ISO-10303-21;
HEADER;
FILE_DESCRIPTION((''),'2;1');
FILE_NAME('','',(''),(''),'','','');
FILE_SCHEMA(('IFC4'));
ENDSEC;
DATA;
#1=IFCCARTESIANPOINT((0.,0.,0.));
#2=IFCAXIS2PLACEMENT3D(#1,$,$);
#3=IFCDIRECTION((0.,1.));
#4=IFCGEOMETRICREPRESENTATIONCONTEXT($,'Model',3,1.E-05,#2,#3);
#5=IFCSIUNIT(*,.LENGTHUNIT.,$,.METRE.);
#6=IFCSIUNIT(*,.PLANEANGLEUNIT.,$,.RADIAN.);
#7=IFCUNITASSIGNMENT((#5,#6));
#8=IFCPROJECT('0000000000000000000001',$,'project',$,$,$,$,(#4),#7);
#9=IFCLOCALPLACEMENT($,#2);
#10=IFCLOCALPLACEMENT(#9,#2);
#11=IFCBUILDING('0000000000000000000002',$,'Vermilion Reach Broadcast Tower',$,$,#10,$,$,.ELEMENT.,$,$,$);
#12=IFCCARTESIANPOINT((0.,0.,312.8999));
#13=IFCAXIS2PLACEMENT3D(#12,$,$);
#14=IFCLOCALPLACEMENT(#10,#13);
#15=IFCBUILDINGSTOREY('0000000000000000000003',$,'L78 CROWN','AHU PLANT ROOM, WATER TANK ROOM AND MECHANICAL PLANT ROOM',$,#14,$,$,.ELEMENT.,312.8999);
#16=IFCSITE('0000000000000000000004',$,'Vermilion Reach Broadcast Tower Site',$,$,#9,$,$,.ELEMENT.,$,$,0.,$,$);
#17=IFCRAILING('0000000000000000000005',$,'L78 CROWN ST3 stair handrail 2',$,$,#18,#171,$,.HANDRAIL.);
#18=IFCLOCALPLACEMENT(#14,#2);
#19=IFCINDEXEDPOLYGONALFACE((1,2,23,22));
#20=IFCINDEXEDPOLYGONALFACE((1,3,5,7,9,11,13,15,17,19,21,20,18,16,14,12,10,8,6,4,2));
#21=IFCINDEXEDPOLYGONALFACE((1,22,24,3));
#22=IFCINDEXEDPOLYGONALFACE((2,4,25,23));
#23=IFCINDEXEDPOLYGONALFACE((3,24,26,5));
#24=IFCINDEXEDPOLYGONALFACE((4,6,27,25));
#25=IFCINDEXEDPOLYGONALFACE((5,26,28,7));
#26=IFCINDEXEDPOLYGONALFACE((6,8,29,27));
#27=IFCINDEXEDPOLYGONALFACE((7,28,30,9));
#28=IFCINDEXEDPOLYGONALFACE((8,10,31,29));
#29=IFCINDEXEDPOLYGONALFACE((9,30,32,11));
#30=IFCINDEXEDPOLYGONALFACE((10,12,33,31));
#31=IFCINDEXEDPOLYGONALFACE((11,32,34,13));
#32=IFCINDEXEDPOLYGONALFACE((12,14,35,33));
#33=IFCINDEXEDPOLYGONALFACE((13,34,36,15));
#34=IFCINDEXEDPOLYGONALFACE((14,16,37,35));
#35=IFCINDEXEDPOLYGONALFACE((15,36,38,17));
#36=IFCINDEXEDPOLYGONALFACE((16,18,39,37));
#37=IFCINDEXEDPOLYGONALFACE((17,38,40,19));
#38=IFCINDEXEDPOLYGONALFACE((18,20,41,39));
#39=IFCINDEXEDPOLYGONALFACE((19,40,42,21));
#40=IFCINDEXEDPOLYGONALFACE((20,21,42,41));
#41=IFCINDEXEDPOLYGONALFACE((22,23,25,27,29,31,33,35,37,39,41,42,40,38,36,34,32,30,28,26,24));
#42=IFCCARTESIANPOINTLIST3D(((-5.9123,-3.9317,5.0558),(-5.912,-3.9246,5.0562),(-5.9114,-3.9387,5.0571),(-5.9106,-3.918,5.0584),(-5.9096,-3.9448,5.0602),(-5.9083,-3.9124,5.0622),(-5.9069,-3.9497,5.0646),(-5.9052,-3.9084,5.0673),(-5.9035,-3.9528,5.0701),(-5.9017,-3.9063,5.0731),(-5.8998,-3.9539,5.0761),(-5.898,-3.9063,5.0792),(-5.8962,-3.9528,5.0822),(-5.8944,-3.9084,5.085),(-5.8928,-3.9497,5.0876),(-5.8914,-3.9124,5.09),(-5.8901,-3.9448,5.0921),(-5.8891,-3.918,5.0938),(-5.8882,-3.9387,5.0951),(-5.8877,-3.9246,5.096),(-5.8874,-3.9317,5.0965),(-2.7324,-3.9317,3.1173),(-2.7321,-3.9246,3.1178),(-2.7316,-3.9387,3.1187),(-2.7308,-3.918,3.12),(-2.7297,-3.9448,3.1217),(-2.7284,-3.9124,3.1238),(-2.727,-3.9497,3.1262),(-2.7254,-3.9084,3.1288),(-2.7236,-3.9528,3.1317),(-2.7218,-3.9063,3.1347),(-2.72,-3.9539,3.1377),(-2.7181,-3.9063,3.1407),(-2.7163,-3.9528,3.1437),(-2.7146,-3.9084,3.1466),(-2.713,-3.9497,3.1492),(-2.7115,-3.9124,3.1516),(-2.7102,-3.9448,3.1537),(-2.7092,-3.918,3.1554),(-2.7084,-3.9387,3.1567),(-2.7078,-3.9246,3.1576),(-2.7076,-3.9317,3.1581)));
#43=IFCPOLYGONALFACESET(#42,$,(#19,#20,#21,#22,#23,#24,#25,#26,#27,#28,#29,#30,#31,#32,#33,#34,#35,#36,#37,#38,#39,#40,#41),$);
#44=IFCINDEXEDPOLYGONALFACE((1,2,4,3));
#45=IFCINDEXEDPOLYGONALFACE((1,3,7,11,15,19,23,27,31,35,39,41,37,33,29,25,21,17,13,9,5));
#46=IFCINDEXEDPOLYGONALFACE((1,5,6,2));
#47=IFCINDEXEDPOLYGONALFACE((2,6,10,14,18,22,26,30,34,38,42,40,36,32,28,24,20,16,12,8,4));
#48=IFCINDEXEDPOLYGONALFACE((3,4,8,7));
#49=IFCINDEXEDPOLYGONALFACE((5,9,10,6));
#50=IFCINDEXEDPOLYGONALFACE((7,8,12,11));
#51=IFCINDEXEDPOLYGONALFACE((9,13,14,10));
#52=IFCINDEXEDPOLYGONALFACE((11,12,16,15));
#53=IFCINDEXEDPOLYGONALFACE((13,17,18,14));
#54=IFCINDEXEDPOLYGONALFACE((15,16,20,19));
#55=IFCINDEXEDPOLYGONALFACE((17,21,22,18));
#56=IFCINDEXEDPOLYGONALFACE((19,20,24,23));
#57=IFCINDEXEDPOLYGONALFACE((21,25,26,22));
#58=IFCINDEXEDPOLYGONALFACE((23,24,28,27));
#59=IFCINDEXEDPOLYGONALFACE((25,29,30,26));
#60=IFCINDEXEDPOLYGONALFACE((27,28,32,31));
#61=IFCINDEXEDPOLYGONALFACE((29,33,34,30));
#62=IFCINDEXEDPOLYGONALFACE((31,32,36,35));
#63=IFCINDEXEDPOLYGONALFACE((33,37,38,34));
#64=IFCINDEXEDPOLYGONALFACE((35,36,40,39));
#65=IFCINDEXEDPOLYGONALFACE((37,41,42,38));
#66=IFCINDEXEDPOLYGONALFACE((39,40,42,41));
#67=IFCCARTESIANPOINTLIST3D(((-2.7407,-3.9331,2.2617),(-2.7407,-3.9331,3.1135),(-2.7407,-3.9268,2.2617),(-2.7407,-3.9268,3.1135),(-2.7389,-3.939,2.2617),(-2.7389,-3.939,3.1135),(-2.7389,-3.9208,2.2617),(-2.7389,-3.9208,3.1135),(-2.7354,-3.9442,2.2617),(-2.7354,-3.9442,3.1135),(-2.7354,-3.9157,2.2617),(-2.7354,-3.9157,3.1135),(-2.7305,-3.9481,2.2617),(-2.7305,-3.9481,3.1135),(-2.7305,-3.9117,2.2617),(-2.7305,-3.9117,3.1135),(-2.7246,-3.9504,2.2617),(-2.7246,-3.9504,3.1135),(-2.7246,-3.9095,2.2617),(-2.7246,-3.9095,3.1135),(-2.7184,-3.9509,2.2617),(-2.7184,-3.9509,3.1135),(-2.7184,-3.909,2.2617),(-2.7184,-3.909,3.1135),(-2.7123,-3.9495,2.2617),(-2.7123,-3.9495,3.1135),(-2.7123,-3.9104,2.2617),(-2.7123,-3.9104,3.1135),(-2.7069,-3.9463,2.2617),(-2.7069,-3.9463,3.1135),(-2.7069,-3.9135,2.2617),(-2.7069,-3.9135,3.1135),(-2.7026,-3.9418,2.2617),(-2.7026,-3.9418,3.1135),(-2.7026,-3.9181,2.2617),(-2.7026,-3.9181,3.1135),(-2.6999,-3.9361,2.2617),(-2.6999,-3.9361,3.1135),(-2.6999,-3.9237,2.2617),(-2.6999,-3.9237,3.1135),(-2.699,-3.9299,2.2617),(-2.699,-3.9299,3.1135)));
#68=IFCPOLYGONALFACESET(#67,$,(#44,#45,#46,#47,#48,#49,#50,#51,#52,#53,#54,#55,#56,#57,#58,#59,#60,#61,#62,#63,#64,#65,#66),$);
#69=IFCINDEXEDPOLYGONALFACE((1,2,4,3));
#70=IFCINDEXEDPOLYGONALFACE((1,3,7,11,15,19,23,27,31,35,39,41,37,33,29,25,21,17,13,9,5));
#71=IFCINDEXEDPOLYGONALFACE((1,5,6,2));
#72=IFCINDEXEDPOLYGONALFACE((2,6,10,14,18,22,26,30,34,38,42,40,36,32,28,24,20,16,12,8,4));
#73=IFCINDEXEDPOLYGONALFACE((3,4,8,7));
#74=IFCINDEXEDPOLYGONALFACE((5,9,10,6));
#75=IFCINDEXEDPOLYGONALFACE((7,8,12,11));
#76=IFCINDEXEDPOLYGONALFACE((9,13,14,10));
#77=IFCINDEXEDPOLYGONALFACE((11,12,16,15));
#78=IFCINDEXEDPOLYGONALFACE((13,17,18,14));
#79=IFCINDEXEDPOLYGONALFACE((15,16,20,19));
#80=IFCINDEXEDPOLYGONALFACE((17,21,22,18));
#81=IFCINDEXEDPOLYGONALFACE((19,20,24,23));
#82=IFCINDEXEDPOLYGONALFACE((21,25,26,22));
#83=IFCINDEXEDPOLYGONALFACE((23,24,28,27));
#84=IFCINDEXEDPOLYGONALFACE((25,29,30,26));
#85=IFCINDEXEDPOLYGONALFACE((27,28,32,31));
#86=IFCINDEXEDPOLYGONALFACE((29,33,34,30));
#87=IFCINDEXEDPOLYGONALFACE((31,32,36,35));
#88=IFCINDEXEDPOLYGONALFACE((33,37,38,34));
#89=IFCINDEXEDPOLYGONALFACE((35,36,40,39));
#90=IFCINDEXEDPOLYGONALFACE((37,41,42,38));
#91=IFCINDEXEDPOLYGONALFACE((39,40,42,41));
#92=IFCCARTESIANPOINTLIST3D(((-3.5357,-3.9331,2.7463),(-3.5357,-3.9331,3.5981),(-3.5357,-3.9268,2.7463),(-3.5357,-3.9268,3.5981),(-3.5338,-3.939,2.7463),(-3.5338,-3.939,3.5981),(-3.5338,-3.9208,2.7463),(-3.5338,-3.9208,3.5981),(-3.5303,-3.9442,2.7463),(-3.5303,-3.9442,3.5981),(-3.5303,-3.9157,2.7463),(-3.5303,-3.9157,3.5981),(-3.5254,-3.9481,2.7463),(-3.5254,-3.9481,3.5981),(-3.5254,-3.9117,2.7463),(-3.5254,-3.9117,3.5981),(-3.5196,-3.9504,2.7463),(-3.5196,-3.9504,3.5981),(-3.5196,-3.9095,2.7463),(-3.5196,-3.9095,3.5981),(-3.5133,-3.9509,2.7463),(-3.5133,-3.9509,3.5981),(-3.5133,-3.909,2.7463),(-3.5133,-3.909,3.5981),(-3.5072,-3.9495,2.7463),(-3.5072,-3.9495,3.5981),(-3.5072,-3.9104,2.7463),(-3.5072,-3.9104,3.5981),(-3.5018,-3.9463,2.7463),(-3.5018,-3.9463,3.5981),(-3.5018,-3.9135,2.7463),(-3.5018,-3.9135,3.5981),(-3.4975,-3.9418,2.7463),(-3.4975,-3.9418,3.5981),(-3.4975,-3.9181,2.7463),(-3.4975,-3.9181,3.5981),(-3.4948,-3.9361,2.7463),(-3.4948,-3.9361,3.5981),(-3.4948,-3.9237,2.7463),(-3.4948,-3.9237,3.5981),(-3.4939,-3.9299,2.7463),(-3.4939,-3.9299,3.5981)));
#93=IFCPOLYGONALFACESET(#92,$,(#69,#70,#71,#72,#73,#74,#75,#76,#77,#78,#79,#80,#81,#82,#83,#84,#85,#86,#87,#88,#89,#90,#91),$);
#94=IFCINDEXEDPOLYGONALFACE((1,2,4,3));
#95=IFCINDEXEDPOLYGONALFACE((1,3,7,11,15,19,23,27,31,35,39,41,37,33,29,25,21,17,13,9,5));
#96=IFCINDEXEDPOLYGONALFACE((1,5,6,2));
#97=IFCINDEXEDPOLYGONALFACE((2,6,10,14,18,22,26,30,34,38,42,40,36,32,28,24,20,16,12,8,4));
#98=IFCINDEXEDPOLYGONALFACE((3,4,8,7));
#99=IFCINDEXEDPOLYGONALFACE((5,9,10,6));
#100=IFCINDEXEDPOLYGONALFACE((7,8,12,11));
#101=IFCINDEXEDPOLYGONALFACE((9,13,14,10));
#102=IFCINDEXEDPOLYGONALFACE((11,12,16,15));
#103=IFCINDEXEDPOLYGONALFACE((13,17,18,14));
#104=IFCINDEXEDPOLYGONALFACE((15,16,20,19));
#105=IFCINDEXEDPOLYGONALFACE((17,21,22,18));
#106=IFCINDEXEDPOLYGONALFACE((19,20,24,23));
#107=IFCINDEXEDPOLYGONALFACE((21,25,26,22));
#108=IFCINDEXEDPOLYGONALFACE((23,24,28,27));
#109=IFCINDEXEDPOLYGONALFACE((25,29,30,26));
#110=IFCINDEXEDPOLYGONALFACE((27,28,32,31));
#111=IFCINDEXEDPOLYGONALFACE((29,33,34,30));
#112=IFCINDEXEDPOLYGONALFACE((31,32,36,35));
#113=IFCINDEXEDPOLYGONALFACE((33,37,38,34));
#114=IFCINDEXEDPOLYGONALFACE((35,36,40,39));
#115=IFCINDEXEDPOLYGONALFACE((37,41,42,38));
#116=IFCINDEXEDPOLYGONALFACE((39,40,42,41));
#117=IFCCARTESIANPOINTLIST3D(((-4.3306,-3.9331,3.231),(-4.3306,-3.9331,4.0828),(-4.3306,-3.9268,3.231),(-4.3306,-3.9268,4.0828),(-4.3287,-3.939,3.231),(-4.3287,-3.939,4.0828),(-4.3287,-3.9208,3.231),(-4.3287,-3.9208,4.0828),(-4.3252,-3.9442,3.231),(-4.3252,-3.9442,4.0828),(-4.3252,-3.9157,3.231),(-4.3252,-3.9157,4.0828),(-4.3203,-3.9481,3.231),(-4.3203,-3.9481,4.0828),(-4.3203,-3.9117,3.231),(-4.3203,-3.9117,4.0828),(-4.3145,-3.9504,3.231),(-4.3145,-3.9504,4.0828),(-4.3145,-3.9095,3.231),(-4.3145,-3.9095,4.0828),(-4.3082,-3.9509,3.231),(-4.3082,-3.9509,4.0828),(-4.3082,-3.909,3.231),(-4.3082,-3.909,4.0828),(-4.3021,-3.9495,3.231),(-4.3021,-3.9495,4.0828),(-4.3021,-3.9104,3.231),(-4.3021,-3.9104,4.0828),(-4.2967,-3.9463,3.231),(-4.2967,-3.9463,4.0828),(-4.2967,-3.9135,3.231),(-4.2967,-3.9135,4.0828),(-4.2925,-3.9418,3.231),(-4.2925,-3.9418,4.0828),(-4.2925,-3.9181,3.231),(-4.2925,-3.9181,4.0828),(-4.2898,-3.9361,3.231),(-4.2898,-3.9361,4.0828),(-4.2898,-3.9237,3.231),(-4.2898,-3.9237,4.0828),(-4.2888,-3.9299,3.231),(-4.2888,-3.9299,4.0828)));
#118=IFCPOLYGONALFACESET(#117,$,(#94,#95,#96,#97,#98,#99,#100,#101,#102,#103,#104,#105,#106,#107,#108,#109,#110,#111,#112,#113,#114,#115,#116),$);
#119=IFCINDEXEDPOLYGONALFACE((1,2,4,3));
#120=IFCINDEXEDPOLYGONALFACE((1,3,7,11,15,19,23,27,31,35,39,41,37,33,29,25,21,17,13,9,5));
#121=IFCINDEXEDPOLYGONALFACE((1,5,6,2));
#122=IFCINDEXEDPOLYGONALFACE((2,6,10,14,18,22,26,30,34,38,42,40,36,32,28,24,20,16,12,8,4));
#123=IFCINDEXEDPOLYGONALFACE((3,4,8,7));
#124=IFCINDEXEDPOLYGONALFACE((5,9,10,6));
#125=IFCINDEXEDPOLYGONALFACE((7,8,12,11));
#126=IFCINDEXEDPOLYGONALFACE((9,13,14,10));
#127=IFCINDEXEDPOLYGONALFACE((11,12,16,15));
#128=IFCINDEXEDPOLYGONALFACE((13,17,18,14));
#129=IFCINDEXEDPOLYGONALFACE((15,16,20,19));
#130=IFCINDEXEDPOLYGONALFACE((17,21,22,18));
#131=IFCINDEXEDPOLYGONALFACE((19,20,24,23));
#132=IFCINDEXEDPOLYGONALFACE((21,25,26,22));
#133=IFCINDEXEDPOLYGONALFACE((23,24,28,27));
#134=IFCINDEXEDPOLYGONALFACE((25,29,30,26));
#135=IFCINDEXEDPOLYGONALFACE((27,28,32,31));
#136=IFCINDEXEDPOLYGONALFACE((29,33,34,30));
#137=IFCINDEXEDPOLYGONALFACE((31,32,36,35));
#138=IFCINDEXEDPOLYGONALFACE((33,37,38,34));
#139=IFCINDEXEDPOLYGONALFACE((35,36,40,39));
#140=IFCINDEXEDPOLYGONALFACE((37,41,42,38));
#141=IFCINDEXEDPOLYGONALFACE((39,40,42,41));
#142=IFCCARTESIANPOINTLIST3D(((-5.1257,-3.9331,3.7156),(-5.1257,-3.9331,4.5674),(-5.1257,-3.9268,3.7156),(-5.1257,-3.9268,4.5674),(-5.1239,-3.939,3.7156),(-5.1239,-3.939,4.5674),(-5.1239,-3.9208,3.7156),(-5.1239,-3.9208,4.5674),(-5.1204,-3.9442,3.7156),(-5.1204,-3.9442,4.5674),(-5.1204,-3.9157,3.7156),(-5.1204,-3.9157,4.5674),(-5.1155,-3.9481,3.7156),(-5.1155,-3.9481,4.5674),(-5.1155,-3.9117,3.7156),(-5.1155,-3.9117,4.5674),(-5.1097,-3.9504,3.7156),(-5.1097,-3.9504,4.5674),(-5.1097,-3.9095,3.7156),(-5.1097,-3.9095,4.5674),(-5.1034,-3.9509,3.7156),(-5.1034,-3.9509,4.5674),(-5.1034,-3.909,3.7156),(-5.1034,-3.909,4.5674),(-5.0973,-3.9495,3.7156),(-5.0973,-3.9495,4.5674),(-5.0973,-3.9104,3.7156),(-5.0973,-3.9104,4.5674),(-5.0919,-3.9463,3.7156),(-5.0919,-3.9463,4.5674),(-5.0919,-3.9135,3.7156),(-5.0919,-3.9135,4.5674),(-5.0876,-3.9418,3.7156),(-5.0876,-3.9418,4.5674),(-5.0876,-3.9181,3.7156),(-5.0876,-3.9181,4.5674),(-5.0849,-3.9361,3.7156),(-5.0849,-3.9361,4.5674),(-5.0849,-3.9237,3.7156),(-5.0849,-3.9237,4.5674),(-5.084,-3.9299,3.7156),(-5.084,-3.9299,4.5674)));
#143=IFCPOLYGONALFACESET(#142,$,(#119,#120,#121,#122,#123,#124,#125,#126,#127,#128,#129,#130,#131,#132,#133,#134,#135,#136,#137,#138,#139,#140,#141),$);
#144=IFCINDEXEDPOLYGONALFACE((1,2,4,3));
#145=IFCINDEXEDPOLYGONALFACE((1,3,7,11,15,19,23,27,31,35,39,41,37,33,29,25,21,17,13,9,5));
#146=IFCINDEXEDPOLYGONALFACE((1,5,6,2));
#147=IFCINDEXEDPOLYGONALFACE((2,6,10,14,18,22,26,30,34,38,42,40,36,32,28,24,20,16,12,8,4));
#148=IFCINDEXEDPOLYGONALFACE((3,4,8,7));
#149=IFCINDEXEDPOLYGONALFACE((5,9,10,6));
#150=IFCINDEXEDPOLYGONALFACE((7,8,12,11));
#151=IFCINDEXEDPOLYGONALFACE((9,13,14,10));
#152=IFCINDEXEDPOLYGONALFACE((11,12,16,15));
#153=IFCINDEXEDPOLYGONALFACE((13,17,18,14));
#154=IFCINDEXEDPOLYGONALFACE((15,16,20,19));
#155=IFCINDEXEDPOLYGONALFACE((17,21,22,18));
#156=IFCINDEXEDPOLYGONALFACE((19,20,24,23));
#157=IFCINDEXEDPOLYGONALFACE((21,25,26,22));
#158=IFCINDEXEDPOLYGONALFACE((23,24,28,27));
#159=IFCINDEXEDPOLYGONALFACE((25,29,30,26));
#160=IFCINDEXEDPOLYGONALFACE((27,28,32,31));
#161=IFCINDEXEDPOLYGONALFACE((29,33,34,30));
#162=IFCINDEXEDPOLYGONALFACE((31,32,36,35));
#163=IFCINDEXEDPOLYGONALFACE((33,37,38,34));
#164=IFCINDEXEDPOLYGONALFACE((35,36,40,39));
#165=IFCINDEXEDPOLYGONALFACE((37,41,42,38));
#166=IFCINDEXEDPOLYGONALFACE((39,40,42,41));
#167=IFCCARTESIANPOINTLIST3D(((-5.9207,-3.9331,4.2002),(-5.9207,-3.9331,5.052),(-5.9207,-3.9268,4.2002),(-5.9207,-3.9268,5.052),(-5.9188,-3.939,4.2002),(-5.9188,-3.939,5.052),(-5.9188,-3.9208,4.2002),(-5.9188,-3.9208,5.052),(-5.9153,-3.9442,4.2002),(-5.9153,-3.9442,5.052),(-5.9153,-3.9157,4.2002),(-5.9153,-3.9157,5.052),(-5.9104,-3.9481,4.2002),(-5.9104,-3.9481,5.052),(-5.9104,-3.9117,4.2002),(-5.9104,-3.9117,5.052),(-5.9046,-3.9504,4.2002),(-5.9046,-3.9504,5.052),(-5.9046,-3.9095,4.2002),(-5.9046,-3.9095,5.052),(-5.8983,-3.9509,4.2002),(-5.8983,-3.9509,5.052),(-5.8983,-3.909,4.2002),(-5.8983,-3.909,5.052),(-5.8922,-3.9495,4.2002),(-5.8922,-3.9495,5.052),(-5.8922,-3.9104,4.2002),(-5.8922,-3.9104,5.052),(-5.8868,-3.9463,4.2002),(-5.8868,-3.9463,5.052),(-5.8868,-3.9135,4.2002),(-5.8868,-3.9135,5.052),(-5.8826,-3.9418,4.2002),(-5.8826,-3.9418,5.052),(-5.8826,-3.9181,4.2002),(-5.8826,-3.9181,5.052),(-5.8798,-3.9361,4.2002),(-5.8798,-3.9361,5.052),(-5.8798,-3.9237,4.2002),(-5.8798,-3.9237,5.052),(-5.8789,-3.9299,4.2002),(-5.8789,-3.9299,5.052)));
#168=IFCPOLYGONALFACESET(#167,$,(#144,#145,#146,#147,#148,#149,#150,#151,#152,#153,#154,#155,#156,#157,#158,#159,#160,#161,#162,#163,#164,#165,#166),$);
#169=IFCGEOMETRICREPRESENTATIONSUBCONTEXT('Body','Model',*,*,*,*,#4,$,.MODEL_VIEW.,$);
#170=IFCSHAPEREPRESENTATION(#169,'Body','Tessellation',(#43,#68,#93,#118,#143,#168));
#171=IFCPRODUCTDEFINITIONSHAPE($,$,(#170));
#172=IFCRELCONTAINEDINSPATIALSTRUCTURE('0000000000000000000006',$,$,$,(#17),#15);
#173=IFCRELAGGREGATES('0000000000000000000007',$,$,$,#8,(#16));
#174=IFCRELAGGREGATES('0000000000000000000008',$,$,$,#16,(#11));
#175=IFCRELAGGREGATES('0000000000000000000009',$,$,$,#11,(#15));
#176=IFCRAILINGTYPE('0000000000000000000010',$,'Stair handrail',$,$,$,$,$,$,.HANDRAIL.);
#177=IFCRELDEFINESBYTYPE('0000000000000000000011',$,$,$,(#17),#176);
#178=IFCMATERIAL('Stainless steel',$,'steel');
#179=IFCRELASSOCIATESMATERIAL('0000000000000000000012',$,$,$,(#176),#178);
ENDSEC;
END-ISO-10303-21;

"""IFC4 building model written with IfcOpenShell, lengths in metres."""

from ifc_helpers import new_model, si_unit, direction, frame, origin, origin_2d, place, context, subcontext, project, spatial, circle, extrude, material, type_object, element, save


model = new_model("IFC4")

# Units and contexts
model_context = context("Model", 3, precision=1e-05, world=origin(), true_north=direction((0.0, 1.0)))
body_context = subcontext(model_context, "Body", "Model", "MODEL_VIEW")
ifc_project = project(units=[si_unit("LENGTHUNIT", "METRE"), si_unit("PLANEANGLEUNIT", "RADIAN")], contexts=[model_context])

# Site, building, storey
site_placement = place(None, origin())
site = spatial("IfcSite", under=ifc_project, at=site_placement, Name="Vermilion Reach Broadcast Tower Site", CompositionType="ELEMENT", RefElevation=0.0)
building_placement = place(site_placement, origin())
building = spatial("IfcBuilding", under=site, at=building_placement, Name="Vermilion Reach Broadcast Tower", CompositionType="ELEMENT")
storey_placement = place(building_placement, frame((0.0, 0.0, 312.8999)))
storey = spatial("IfcBuildingStorey", under=building, at=storey_placement, Name="L78 CROWN", Description="AHU PLANT ROOM, WATER TANK ROOM AND MECHANICAL PLANT ROOM", CompositionType="ELEMENT", Elevation=312.8999)

# Railing
ifc_material_1 = material(Name="Stainless steel", Category="steel")
railing_type_1 = type_object("IfcRailingType", Name="Stair handrail", PredefinedType="HANDRAIL", material=ifc_material_1)
railing_1_placement = place(storey_placement, frame((-2.72, -3.9299, 2.2617)))
element("IfcRailing", 1, at=railing_1_placement, inside=storey, type_object=railing_type_1, Name="L78 CROWN ST3 stair handrail 2", PredefinedType="HANDRAIL", context=body_context, shape_type="SweptSolid", body=[
    extrude(circle(Radius=0.0239, at=origin_2d()), frame((0.0, 0.0, 0.876), z_axis=(-0.853857, 0.0, 0.520508), x_axis=(0.0, -1.0, 0.0)), (0.0, 0.0, 1.0), 3.7241),
    extrude(circle(Radius=0.021, at=origin_2d()), origin(), (0.0, 0.0, 1.0), 0.8518),
    extrude(circle(Radius=0.021, at=origin_2d()), frame((-0.7949, 0.0, 0.4846)), (0.0, 0.0, 1.0), 0.8518),
    extrude(circle(Radius=0.021, at=origin_2d()), frame((-1.5898, 0.0, 0.9692)), (0.0, 0.0, 1.0), 0.8518),
    extrude(circle(Radius=0.021, at=origin_2d()), frame((-2.385, 0.0, 1.4539)), (0.0, 0.0, 1.0), 0.8518),
    extrude(circle(Radius=0.021, at=origin_2d()), frame((-3.1799, 0.0, 1.9385)), (0.0, 0.0, 1.0), 0.8518),
])

save(model, "model.ifc")
